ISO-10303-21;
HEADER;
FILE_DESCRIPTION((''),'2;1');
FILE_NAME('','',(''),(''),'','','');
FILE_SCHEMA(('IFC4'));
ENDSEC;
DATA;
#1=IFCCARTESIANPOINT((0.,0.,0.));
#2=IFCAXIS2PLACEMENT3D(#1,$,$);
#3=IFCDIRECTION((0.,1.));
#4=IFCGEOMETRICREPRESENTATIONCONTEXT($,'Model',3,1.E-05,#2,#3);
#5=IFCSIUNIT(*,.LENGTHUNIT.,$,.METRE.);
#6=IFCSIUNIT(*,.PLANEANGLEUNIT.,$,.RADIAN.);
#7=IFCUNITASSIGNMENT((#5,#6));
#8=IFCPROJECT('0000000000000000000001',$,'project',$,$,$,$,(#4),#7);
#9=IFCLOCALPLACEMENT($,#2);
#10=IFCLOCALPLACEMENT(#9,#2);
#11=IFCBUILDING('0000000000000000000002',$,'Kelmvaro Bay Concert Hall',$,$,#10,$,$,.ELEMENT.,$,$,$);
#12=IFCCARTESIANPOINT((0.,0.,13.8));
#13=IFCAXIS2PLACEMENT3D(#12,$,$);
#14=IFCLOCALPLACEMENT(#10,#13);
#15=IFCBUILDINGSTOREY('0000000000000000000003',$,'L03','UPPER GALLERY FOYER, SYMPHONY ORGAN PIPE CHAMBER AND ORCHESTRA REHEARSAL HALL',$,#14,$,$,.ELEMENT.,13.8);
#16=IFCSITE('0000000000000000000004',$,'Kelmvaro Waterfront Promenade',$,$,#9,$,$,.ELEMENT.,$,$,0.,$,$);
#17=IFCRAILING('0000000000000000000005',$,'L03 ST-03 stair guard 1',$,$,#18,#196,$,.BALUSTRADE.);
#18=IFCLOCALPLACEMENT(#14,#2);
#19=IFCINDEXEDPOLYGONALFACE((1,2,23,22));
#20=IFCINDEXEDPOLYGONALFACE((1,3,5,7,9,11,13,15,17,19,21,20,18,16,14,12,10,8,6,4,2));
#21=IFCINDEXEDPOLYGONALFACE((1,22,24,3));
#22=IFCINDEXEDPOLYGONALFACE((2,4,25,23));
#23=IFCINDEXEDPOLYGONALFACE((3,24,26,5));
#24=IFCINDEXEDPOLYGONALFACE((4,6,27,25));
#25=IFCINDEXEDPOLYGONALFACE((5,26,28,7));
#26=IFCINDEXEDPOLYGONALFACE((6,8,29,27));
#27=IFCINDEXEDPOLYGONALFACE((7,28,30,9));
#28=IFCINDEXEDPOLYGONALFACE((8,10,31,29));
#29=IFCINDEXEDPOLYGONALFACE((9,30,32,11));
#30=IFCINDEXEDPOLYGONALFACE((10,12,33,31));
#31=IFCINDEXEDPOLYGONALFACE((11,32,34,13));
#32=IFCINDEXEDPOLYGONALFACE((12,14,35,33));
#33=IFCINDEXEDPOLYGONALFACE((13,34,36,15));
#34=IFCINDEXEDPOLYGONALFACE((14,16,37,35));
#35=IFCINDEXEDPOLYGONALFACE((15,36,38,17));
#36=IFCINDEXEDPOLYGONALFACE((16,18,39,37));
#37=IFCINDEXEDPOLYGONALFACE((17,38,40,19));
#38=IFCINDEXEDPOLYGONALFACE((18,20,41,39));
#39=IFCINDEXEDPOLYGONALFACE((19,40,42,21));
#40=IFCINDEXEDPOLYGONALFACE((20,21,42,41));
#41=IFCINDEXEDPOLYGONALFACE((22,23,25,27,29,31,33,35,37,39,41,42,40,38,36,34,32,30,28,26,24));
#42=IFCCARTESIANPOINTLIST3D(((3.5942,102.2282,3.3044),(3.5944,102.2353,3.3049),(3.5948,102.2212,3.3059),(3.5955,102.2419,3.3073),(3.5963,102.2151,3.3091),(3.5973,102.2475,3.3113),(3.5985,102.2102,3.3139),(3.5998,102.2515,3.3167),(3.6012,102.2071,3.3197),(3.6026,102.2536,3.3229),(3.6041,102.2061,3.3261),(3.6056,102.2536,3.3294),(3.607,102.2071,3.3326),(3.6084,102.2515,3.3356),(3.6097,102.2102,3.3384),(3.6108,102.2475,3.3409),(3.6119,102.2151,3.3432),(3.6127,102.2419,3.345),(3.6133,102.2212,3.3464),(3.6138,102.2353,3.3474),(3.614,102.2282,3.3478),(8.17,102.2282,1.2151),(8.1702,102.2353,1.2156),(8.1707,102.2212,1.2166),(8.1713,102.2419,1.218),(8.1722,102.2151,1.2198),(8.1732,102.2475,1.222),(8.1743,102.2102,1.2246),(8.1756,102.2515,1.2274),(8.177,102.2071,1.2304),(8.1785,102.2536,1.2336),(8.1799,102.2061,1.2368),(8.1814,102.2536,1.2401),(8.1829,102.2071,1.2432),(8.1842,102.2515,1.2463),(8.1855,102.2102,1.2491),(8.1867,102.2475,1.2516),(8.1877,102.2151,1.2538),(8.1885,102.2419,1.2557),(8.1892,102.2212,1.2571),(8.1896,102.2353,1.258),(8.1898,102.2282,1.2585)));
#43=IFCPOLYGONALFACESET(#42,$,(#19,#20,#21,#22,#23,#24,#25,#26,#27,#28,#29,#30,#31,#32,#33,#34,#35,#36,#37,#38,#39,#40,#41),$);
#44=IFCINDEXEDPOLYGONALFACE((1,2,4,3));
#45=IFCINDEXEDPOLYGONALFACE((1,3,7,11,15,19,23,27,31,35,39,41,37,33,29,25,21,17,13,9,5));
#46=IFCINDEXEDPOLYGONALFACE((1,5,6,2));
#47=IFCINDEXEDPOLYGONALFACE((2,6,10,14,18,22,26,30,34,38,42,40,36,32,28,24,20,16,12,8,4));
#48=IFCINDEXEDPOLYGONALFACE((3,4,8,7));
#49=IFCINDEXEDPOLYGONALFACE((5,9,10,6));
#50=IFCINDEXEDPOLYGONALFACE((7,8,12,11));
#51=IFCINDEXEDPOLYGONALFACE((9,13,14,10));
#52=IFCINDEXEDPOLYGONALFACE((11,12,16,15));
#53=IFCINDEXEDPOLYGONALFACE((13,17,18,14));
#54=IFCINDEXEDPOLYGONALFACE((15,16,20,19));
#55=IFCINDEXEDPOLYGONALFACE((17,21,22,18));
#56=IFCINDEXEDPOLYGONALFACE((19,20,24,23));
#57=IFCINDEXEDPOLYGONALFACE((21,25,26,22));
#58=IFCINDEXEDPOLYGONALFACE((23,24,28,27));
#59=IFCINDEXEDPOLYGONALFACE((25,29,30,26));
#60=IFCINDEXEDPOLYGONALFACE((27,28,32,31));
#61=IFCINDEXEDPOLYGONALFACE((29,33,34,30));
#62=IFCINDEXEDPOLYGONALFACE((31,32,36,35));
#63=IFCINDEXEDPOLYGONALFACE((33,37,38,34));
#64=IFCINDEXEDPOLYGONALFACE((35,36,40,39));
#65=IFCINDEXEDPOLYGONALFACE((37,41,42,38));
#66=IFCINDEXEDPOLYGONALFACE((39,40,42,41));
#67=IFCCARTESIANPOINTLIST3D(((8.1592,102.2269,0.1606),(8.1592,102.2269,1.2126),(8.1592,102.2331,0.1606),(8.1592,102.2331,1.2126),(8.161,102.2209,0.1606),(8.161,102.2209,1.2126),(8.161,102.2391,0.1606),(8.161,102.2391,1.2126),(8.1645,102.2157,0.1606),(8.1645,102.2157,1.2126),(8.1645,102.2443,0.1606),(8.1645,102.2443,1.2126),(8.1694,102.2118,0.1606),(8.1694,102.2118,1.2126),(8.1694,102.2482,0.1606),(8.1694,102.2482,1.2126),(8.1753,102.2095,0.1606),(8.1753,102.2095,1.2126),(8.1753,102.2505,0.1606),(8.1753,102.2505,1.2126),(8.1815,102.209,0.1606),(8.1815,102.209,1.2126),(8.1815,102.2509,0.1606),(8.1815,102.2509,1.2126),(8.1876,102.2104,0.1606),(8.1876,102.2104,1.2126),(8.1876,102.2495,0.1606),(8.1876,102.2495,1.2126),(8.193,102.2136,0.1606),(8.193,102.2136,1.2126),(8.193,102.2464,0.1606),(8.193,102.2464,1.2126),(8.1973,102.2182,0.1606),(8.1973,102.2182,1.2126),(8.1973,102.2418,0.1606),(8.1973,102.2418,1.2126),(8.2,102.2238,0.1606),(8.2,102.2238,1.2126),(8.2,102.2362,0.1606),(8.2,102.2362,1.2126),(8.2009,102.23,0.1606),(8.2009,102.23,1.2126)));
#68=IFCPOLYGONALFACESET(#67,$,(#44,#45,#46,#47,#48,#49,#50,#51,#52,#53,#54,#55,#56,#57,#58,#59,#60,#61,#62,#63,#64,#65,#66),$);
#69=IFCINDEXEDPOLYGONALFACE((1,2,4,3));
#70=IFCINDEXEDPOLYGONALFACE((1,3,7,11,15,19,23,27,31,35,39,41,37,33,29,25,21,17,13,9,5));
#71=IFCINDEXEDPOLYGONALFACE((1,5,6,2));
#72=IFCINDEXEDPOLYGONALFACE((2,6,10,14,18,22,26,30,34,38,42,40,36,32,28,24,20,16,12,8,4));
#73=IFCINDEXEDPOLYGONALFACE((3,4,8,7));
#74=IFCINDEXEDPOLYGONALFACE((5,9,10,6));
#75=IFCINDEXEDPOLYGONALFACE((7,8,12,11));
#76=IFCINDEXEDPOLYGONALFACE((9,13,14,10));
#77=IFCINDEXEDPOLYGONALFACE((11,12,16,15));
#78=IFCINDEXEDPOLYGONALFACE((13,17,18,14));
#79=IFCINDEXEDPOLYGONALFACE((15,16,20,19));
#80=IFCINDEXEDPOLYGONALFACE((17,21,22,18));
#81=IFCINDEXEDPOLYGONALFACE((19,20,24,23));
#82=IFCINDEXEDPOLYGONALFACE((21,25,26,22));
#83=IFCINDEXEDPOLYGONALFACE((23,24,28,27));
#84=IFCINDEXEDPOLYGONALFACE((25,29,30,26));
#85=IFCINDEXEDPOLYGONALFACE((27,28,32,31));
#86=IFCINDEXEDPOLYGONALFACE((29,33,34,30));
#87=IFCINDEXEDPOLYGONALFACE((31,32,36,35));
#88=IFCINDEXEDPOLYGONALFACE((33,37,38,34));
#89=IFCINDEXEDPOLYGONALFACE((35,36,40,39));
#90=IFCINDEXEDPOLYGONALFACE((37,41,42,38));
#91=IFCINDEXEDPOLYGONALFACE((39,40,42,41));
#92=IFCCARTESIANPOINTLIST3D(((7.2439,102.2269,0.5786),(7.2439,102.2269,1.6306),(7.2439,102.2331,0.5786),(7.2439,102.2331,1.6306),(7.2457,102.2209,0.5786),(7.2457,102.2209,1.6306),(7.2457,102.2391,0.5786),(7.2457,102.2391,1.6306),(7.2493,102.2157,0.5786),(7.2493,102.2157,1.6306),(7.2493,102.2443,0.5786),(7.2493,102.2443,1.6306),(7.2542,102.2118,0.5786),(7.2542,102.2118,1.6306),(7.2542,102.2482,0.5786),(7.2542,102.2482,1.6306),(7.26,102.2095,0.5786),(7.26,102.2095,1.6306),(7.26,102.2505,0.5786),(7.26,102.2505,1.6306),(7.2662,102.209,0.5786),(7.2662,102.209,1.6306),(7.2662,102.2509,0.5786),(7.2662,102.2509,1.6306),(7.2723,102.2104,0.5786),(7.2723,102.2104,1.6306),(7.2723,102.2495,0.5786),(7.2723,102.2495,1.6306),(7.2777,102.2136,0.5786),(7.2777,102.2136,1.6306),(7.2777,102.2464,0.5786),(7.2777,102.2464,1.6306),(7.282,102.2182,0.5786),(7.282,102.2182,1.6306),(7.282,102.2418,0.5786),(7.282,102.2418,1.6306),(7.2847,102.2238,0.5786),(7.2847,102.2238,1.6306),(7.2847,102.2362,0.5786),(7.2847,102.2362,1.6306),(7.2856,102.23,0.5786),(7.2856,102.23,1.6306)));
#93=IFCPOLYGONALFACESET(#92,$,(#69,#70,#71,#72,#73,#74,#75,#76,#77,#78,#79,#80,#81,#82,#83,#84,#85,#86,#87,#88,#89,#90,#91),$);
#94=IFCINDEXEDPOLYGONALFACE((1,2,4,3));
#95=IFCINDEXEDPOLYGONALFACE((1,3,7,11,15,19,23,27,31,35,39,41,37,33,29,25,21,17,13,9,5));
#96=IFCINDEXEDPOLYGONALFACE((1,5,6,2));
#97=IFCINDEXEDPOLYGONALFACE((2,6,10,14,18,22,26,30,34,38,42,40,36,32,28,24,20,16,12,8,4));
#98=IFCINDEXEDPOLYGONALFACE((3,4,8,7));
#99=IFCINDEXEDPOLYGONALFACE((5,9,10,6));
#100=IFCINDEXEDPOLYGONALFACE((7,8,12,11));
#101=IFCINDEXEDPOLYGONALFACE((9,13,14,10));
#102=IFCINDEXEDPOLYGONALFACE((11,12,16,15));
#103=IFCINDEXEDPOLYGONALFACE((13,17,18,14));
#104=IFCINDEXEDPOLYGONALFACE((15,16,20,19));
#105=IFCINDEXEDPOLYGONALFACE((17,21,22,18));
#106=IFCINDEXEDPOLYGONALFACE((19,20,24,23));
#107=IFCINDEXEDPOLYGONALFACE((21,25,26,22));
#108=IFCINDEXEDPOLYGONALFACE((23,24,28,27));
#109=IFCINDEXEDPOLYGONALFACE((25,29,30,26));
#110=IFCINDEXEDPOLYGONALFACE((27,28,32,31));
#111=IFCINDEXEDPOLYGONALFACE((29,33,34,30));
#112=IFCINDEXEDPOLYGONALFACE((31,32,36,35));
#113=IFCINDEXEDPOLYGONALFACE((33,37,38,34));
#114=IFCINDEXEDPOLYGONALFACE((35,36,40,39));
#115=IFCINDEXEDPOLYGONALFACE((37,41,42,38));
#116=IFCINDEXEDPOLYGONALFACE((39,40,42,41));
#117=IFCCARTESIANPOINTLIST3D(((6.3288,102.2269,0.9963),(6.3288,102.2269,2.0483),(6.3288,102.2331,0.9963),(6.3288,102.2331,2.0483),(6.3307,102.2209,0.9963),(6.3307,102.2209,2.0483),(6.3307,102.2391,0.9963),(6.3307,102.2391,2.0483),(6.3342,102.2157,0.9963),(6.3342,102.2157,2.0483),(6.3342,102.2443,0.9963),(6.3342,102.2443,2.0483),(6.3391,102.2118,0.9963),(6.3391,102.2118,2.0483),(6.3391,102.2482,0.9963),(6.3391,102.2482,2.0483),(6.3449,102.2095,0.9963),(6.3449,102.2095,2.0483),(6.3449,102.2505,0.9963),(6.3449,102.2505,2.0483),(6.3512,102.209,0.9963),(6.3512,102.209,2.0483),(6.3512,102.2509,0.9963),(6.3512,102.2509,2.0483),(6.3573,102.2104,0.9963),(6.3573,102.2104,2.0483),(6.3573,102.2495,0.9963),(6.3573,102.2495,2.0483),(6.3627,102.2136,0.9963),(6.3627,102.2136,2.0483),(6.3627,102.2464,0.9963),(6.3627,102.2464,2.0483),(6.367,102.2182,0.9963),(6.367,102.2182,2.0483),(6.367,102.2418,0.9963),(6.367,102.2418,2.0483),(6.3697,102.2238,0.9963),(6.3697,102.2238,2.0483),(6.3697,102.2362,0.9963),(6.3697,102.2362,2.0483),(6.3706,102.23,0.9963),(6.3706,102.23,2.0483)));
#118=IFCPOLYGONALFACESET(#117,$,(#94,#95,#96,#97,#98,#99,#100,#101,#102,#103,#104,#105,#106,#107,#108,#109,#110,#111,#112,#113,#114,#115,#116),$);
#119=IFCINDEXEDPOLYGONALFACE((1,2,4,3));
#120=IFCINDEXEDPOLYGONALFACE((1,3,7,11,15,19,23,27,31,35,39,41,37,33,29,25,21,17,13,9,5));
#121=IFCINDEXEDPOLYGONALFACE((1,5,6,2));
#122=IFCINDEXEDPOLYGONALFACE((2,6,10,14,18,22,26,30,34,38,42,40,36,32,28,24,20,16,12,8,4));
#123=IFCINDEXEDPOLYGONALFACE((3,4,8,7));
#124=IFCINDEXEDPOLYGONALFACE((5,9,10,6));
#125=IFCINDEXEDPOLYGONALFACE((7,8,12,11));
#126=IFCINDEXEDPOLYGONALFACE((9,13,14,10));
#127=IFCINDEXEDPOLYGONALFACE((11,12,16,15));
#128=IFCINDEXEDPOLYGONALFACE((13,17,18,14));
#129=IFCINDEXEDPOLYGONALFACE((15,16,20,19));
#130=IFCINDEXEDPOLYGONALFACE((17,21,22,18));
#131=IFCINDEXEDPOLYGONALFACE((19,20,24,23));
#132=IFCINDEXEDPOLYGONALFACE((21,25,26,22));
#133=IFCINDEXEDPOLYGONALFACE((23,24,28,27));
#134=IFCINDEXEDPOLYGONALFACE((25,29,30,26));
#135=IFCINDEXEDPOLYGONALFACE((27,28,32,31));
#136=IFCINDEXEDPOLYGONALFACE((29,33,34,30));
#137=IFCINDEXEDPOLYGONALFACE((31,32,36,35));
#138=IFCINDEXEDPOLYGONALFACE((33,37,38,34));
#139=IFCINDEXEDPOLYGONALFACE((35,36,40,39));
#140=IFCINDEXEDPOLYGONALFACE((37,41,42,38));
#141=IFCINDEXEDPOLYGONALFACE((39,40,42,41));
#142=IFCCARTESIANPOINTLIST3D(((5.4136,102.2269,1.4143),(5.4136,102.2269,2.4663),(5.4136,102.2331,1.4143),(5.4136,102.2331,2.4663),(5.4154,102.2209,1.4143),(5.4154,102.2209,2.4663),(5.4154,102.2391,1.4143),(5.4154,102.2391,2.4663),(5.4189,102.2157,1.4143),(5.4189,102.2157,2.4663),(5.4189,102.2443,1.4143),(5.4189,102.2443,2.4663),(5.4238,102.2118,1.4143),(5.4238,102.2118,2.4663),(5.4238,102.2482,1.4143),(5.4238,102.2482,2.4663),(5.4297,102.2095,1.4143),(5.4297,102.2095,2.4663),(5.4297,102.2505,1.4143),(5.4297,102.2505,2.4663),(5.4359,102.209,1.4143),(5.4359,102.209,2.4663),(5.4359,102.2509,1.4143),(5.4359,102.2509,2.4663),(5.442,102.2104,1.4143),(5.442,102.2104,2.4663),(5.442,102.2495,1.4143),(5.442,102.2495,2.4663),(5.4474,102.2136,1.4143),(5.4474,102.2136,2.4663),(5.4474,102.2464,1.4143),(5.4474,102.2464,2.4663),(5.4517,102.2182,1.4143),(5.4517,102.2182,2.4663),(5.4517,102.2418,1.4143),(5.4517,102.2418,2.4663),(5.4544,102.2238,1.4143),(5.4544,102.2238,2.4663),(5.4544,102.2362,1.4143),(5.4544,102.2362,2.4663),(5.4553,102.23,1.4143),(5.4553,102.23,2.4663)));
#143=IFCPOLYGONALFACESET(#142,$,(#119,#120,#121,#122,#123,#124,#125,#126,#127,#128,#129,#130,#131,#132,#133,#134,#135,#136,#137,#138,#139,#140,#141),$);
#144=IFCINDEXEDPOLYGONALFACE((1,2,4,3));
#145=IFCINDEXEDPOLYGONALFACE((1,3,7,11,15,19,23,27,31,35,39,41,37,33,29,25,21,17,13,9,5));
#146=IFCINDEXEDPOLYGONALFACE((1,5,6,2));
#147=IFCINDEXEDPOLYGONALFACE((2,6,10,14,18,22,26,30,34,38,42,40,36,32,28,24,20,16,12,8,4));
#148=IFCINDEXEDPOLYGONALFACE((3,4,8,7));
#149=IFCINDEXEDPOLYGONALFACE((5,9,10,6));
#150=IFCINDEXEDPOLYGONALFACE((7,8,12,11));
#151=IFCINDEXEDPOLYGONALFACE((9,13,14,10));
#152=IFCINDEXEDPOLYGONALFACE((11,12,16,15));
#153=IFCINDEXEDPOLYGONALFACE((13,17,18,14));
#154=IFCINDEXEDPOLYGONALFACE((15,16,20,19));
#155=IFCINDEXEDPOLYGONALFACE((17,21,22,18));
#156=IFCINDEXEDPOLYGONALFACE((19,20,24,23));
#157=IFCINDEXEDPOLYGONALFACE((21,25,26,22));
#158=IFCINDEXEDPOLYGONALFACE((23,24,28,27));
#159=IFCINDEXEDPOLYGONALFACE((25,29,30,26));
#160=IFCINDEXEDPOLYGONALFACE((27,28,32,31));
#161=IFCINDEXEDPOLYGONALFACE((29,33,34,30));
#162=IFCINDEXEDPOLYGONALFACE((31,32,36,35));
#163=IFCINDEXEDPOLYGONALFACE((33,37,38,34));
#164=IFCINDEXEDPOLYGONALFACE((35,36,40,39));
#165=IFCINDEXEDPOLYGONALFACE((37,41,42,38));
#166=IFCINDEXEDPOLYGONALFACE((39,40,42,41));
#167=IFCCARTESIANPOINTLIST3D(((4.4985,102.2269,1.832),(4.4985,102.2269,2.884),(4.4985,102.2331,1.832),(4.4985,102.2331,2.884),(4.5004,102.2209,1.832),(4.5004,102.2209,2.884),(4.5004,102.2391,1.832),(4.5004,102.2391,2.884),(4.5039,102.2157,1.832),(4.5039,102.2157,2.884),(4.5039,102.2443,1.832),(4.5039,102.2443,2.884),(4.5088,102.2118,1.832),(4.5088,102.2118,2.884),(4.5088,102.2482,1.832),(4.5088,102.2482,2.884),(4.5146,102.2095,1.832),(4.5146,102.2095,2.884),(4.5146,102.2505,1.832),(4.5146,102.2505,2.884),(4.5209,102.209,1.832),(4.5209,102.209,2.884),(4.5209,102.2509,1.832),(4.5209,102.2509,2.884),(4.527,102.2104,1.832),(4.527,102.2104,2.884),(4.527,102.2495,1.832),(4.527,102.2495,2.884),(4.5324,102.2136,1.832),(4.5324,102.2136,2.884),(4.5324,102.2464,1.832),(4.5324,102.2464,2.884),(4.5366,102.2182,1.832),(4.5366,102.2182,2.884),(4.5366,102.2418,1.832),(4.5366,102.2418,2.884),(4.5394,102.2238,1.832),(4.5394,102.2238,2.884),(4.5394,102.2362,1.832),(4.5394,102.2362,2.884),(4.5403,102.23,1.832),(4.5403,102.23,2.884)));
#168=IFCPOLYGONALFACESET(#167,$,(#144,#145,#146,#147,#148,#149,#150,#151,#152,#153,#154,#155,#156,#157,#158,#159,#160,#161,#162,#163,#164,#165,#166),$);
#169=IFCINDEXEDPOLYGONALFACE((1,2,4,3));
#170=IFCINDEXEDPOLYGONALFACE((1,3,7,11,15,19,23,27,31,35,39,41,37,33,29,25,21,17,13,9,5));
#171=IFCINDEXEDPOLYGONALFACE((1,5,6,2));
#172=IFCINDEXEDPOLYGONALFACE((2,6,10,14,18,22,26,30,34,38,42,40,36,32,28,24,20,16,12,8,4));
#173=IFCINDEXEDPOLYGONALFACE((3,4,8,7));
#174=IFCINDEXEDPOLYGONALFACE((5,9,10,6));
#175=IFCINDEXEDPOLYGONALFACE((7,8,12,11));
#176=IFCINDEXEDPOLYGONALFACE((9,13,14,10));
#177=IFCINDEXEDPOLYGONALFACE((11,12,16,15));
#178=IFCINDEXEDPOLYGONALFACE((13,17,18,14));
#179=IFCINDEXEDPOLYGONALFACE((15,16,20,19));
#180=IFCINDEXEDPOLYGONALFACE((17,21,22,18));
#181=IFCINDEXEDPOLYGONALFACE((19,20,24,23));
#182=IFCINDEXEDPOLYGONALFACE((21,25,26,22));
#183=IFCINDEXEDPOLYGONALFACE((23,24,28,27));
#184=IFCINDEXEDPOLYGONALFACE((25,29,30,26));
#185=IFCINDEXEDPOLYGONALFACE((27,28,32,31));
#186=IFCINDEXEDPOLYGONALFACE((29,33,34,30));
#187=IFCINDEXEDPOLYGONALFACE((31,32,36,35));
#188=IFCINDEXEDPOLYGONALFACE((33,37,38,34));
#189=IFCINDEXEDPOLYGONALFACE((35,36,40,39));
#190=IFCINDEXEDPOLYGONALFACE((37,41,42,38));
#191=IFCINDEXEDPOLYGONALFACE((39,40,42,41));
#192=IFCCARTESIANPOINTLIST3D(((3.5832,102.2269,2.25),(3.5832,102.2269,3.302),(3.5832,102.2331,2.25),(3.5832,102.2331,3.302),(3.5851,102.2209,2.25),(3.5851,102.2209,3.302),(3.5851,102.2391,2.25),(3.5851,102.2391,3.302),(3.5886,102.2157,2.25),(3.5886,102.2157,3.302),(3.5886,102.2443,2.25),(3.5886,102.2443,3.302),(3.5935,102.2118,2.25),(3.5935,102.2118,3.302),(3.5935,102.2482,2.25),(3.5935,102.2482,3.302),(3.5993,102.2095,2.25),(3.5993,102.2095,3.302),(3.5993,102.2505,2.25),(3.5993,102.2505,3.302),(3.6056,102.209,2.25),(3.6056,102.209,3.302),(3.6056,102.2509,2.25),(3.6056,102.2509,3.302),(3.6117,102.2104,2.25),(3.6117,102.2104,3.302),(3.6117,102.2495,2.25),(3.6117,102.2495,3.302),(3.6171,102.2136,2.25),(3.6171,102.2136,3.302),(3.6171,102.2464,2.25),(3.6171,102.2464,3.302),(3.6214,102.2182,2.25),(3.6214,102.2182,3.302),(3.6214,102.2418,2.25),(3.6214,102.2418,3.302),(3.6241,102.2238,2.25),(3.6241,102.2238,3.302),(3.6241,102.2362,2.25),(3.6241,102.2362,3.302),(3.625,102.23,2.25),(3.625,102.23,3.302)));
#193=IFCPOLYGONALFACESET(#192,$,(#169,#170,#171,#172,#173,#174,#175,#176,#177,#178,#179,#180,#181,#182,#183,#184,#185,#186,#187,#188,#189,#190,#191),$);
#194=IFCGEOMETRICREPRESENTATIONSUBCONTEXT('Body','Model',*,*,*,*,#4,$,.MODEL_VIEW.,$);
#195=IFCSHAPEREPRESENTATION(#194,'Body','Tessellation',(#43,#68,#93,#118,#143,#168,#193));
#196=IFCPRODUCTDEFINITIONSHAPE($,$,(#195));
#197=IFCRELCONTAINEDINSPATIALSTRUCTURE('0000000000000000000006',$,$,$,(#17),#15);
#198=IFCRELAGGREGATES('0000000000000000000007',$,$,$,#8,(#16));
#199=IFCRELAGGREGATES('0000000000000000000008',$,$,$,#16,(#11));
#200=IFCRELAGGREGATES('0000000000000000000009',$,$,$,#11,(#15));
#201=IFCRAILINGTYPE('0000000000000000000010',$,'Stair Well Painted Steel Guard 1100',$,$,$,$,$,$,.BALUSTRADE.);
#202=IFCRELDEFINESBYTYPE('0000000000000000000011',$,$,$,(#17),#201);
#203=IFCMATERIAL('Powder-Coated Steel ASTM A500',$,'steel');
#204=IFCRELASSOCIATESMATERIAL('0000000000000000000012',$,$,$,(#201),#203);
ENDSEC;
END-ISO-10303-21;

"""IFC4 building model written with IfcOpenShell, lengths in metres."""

from ifc_helpers import new_model, si_unit, direction, frame, origin, origin_2d, place, context, subcontext, project, spatial, circle, extrude, material, type_object, element, save


model = new_model("IFC4")

# Units and contexts
model_context = context("Model", 3, precision=1e-05, world=origin(), true_north=direction((0.0, 1.0)))
body_context = subcontext(model_context, "Body", "Model", "MODEL_VIEW")
ifc_project = project(units=[si_unit("LENGTHUNIT", "METRE"), si_unit("PLANEANGLEUNIT", "RADIAN")], contexts=[model_context])

# Site, building, storey
site_placement = place(None, origin())
site = spatial("IfcSite", under=ifc_project, at=site_placement, Name="Kelmvaro Waterfront Promenade", CompositionType="ELEMENT", RefElevation=0.0)
building_placement = place(site_placement, origin())
building = spatial("IfcBuilding", under=site, at=building_placement, Name="Kelmvaro Bay Concert Hall", CompositionType="ELEMENT")
storey_placement = place(building_placement, frame((0.0, 0.0, 13.8)))
storey = spatial("IfcBuildingStorey", under=building, at=storey_placement, Name="L03", Description="UPPER GALLERY FOYER, SYMPHONY ORGAN PIPE CHAMBER AND ORCHESTRA REHEARSAL HALL", CompositionType="ELEMENT", Elevation=13.8)

# Railing
ifc_material_1 = material(Name="Powder-Coated Steel ASTM A500", Category="steel")
railing_type_1 = type_object("IfcRailingType", Name="Stair Well Painted Steel Guard 1100", PredefinedType="BALUSTRADE", material=ifc_material_1)
railing_1_placement = place(storey_placement, frame((8.1799, 102.23, 0.1606)))
element("IfcRailing", 1, at=railing_1_placement, inside=storey, type_object=railing_type_1, Name="L03 ST-03 stair guard 1", PredefinedType="BALUSTRADE", context=body_context, shape_type="SweptSolid", body=[
    extrude(circle(Radius=0.0239, at=origin_2d()), frame((0.0, 0.0, 1.0762), z_axis=(-0.909662, 0.0, 0.415349), x_axis=(0.0, -1.0, 0.0)), (0.0, 0.0, 1.0), 5.0303),
    extrude(circle(Radius=0.021, at=origin_2d()), origin(), (0.0, 0.0, 1.0), 1.052),
    extrude(circle(Radius=0.021, at=origin_2d()), frame((-0.9153, 0.0, 0.418)), (0.0, 0.0, 1.0), 1.052),
    extrude(circle(Radius=0.021, at=origin_2d()), frame((-1.8303, 0.0, 0.8357)), (0.0, 0.0, 1.0), 1.052),
    extrude(circle(Radius=0.021, at=origin_2d()), frame((-2.7456, 0.0, 1.2537)), (0.0, 0.0, 1.0), 1.052),
    extrude(circle(Radius=0.021, at=origin_2d()), frame((-3.6606, 0.0, 1.6714)), (0.0, 0.0, 1.0), 1.052),
    extrude(circle(Radius=0.021, at=origin_2d()), frame((-4.5759, 0.0, 2.0894)), (0.0, 0.0, 1.0), 1.052),
])

save(model, "model.ifc")
